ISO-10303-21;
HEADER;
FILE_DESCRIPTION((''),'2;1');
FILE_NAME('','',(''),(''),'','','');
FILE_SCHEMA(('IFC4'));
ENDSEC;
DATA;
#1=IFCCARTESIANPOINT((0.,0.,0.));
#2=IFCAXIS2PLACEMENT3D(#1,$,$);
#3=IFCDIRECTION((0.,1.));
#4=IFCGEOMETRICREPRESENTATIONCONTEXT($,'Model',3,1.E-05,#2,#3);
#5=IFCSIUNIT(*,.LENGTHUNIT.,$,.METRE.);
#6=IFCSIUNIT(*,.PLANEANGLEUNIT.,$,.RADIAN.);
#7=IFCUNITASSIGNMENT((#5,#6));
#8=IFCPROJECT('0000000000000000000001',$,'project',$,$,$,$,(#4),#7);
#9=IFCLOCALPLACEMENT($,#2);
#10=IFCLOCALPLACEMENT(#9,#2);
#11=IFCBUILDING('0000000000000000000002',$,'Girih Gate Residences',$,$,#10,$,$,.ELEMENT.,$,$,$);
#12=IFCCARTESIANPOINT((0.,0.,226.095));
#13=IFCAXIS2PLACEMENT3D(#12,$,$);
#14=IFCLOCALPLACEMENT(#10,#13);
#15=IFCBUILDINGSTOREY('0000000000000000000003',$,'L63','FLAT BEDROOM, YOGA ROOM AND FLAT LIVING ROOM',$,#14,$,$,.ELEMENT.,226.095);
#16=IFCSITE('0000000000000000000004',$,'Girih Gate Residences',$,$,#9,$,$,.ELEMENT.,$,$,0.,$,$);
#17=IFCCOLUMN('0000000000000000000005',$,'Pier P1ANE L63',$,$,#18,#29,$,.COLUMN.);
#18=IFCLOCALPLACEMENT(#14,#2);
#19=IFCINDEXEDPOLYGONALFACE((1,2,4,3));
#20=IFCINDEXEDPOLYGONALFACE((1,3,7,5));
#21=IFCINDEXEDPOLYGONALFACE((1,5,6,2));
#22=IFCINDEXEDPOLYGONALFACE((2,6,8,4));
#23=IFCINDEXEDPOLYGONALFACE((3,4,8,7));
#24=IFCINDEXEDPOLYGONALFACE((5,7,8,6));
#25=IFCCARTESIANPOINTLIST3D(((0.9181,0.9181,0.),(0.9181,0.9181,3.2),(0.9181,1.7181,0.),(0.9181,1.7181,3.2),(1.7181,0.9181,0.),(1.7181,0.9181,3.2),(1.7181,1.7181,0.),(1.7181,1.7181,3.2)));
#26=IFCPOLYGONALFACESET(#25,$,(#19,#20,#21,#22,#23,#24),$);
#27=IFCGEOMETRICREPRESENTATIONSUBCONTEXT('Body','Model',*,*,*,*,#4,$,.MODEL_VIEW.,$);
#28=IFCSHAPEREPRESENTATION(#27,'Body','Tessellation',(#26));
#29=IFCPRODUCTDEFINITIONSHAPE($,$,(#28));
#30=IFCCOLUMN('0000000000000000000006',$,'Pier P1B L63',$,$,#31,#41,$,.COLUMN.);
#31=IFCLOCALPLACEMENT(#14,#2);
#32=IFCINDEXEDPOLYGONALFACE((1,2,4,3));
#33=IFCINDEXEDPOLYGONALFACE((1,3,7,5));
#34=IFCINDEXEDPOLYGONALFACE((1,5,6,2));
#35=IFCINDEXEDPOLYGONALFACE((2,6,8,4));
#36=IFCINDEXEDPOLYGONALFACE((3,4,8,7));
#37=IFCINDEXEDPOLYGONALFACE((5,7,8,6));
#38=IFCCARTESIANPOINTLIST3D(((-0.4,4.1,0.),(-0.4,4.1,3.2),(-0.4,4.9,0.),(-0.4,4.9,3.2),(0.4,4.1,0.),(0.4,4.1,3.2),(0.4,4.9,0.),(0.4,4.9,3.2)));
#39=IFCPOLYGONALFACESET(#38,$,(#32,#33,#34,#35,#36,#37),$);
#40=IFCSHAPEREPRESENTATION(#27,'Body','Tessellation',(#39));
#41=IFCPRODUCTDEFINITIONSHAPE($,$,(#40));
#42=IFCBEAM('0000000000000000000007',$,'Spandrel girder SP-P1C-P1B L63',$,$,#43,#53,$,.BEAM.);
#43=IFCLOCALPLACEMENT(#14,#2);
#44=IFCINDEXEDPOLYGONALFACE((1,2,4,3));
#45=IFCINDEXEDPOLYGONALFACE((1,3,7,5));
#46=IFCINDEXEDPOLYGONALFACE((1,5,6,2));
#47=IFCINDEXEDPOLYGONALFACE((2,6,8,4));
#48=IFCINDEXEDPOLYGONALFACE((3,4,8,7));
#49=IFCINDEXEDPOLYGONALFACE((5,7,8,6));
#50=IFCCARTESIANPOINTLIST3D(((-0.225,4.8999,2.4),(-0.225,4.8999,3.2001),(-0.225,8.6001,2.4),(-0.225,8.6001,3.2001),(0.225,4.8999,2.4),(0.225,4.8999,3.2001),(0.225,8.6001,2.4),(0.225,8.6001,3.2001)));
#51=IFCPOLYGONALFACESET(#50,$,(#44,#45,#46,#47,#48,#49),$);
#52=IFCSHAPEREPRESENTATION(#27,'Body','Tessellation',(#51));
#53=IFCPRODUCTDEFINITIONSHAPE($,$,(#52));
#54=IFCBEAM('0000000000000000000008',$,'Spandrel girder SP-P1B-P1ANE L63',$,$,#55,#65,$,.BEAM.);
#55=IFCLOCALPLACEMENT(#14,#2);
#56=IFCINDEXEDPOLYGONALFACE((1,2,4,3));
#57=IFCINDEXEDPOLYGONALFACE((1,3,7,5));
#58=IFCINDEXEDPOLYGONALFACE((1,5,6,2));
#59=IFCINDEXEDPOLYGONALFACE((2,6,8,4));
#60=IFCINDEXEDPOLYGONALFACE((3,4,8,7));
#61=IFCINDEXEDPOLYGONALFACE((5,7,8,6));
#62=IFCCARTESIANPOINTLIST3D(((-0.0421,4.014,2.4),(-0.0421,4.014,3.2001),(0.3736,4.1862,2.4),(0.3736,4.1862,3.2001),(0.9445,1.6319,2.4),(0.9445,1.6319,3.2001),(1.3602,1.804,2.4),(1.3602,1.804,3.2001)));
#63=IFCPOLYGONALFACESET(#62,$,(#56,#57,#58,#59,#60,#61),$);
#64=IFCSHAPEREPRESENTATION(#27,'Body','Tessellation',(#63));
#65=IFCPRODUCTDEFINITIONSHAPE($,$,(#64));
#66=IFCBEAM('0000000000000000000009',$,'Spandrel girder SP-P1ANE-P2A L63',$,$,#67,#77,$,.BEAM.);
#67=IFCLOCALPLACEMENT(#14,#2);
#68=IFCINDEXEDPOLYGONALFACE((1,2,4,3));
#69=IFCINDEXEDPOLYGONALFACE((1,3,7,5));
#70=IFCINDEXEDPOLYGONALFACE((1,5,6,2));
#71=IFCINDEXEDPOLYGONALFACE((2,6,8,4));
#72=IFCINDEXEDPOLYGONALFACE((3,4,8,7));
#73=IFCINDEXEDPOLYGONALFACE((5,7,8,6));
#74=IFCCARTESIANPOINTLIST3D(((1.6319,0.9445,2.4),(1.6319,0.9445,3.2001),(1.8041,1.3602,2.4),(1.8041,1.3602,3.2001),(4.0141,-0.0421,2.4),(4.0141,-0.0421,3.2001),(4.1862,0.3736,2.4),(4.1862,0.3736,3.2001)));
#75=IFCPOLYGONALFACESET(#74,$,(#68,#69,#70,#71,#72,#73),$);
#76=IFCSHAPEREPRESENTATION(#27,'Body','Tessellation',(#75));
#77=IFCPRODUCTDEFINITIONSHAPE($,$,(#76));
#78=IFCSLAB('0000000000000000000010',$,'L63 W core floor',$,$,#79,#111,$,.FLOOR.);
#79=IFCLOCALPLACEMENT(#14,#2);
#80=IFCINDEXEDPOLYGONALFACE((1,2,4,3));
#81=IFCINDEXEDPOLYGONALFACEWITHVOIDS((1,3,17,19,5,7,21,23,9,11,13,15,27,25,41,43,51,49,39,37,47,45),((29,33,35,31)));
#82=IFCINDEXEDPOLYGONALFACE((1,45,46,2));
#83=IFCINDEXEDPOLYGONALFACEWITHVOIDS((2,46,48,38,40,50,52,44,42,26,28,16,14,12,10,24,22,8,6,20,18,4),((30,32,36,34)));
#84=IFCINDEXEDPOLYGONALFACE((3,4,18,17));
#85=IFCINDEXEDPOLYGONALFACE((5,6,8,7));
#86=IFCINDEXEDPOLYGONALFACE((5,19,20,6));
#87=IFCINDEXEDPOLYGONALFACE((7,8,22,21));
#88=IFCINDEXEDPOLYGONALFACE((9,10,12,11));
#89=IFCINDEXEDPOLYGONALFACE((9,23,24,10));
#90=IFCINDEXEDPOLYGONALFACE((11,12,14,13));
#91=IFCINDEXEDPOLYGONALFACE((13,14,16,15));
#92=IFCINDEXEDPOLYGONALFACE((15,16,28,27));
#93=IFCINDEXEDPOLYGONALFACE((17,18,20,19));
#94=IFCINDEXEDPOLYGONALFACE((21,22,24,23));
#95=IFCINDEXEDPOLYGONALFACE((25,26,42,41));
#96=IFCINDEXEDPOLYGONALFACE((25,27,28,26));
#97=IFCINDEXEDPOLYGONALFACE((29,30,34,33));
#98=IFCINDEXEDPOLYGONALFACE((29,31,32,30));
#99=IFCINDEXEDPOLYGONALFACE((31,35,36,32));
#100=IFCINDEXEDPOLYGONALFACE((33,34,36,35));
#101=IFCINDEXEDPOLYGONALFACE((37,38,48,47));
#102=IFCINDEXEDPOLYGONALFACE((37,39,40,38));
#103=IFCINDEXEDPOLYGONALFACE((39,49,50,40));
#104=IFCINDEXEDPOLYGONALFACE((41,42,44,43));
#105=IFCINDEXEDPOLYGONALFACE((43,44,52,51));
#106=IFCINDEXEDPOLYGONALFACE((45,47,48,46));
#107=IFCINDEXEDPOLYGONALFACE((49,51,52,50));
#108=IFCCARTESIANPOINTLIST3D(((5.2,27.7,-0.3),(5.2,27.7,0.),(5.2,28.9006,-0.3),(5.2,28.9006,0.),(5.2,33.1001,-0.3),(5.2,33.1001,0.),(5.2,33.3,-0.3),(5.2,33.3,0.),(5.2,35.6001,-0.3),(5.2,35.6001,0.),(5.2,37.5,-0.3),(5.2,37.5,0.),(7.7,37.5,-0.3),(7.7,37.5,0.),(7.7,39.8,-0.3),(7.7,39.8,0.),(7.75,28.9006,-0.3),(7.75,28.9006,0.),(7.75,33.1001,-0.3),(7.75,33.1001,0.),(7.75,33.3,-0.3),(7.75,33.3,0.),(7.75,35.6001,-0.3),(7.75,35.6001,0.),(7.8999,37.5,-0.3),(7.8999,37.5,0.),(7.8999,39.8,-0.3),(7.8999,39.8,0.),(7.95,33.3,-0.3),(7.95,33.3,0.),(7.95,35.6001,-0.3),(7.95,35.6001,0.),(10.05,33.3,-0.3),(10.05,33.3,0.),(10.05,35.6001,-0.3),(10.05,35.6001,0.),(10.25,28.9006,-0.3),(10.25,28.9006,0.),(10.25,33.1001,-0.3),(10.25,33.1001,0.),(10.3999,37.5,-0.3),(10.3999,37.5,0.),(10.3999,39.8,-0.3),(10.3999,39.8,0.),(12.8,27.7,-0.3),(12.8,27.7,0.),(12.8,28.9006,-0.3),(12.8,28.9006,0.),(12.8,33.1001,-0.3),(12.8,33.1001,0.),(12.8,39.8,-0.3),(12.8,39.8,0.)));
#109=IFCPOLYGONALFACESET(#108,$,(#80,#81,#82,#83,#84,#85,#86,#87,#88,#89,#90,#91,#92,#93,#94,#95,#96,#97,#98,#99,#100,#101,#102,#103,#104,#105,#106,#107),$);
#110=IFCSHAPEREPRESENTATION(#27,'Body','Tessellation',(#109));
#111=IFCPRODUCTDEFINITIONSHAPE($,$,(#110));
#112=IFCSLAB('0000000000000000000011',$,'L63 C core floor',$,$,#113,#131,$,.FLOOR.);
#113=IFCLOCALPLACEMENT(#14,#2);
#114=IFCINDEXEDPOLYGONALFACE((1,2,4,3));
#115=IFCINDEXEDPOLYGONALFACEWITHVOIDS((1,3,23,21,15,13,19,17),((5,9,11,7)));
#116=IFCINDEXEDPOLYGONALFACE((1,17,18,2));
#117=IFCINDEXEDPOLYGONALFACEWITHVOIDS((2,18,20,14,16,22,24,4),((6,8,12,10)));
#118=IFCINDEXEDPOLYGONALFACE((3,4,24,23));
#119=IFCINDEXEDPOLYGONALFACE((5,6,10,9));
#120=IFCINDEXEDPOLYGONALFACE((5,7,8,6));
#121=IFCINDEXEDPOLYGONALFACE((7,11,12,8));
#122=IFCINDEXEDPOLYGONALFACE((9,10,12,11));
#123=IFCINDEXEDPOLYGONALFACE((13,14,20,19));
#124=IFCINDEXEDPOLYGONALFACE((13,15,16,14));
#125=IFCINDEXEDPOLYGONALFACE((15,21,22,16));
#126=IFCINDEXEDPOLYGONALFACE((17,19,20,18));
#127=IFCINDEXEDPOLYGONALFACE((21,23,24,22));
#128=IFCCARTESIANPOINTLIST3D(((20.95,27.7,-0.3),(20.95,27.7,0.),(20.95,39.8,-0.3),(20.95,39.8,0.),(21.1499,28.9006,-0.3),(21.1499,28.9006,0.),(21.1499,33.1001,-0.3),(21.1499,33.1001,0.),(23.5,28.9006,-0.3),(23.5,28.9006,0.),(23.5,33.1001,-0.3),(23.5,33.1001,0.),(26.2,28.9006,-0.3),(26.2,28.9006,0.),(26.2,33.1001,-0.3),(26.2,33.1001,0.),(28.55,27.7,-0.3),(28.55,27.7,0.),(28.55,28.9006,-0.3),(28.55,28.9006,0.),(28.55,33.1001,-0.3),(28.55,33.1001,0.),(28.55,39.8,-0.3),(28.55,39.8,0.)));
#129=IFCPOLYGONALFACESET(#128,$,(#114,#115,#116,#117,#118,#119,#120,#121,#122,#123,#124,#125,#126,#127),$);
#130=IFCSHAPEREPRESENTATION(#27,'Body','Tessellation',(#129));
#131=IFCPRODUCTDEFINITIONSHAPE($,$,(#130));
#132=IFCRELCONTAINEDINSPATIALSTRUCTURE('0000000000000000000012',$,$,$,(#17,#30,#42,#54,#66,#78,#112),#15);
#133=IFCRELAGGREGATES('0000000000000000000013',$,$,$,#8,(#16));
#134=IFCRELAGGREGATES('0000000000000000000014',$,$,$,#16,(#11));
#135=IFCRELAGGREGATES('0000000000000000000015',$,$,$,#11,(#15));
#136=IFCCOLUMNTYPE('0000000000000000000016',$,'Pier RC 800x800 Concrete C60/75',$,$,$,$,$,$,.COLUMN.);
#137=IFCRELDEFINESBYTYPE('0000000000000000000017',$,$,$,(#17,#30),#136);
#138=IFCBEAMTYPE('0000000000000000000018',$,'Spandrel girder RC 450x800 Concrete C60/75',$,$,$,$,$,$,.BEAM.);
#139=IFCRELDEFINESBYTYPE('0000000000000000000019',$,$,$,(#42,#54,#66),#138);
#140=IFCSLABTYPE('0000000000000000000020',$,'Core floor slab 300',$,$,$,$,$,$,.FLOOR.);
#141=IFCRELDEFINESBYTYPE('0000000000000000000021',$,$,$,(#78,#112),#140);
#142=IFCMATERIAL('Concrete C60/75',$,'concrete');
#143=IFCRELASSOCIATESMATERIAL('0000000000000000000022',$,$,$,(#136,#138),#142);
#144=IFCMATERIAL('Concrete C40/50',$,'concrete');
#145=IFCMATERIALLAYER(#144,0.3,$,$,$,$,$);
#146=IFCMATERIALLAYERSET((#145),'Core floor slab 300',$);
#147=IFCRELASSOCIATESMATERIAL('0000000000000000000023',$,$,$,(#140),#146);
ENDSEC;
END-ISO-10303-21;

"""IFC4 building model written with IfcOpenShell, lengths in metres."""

from ifc_helpers import new_model, si_unit, direction, frame, origin, origin_2d, place, context, subcontext, project, spatial, polyline, rectangle, outline, extrude, material, layer, layer_set, material_profile, profile_set, type_object, element, save


model = new_model("IFC4")

# Units and contexts
model_context = context("Model", 3, precision=1e-05, world=origin(), true_north=direction((0.0, 1.0)))
body_context = subcontext(model_context, "Body", "Model", "MODEL_VIEW")
ifc_project = project(units=[si_unit("LENGTHUNIT", "METRE"), si_unit("PLANEANGLEUNIT", "RADIAN")], contexts=[model_context])

# Site, building, storey
site_placement = place(None, origin())
site = spatial("IfcSite", under=ifc_project, at=site_placement, Name="Girih Gate Residences", CompositionType="ELEMENT", RefElevation=0.0)
building_placement = place(site_placement, origin())
building = spatial("IfcBuilding", under=site, at=building_placement, Name="Girih Gate Residences", CompositionType="ELEMENT")
storey_placement = place(building_placement, frame((0.0, 0.0, 226.095)))
storey = spatial("IfcBuildingStorey", under=building, at=storey_placement, Name="L63", Description="FLAT BEDROOM, YOGA ROOM AND FLAT LIVING ROOM", CompositionType="ELEMENT", Elevation=226.095)

# Columns
ifc_material_1 = material(Name="Concrete C60/75", Category="concrete")
ifc_material_profile_1 = material_profile(ifc_material_1, rectangle(XDim=0.8, YDim=0.8, at=origin_2d()))
ifc_profile_set_1 = profile_set([ifc_material_profile_1], Name="Concrete C60/75")
column_type = type_object("IfcColumnType", Name="Pier RC 800x800 Concrete C60/75", PredefinedType="COLUMN", material=ifc_profile_set_1)
for number, where, z_axis, x_axis, name in (
    (1, (1.3181, 1.3181, 0.0), (0.0, 0.0, 1.0), (1.0, 0.0, 0.0), "Pier P1ANE L63"),
    (2, (0.0, 4.5, 0.0), (0.0, 0.0, 1.0), (1.0, 0.0, 0.0), "Pier P1B L63"),
):
    element("IfcColumn", number, at=place(storey_placement, frame(where, z_axis=z_axis, x_axis=x_axis)), inside=storey, type_object=column_type, Name=name, PredefinedType="COLUMN", context=body_context, shape_type="SweptSolid", body=[
        extrude(rectangle(XDim=0.8, YDim=0.8, at=origin_2d()), origin(), (0.0, 0.0, 1.0), 3.2),
    ])

# Beams
ifc_material_profile_2 = material_profile(ifc_material_1, rectangle(XDim=0.45, YDim=0.8, at=origin_2d()))
ifc_profile_set_2 = profile_set([ifc_material_profile_2], Name="Concrete C60/75")
beam_type = type_object("IfcBeamType", Name="Spandrel girder RC 450x800 Concrete C60/75", PredefinedType="BEAM", material=ifc_profile_set_2)
beam_placement = place(storey_placement, frame((0.0, 8.6001, 2.8), z_axis=(0.0, -1.0, 0.0), x_axis=(1.0, 0.0, 0.0)))
element("IfcBeam", 3, at=beam_placement, inside=storey, type_object=beam_type, Name="Spandrel girder SP-P1C-P1B L63", PredefinedType="BEAM", context=body_context, shape_type="SweptSolid", body=[
    extrude(rectangle(XDim=0.45, YDim=0.8, at=origin_2d()), origin(), (0.0, 0.0, 1.0), 3.7002),
])
for number, where, z_axis, x_axis, name in (
    (4, (0.1658, 4.1001, 2.8), (0.382644, -0.923896, 0.0), (0.923896, 0.382644, 0.0), "Spandrel girder SP-P1B-P1ANE L63"),
    (5, (1.718, 1.1523, 2.8), (0.923896, -0.382644, 0.0), (0.382644, 0.923896, 0.0), "Spandrel girder SP-P1ANE-P2A L63"),
):
    element("IfcBeam", number, at=place(storey_placement, frame(where, z_axis=z_axis, x_axis=x_axis)), inside=storey, type_object=beam_type, Name=name, PredefinedType="BEAM", context=body_context, shape_type="SweptSolid", body=[
        extrude(rectangle(XDim=0.45, YDim=0.8, at=origin_2d()), origin(), (0.0, 0.0, 1.0), 2.5784),
    ])

# Slabs
ifc_material_2 = material(Name="Concrete C40/50", Category="concrete")
ifc_layer_1 = layer(ifc_material_2, 0.3)
ifc_layer_set_1 = layer_set([ifc_layer_1], Name="Core floor slab 300")
slab_type_1 = type_object("IfcSlabType", Name="Core floor slab 300", PredefinedType="FLOOR", material=ifc_layer_set_1)
slab_1_placement = place(storey_placement, frame((0.0, 0.0, -0.3)))
element("IfcSlab", 6, at=slab_1_placement, inside=storey, type_object=slab_type_1, Name="L63 W core floor", PredefinedType="FLOOR", context=body_context, shape_type="SweptSolid", body=[
    extrude(outline(polyline([(12.8, 27.7), (5.2, 27.7), (5.2, 28.9006), (7.75, 28.9006), (7.75, 33.1001), (5.2, 33.1001), (5.2, 33.3), (7.75, 33.3), (7.75, 35.6001), (5.2, 35.6001), (5.2, 37.5), (7.7, 37.5), (7.7, 39.8), (7.8999, 39.8), (7.8999, 37.5), (10.3999, 37.5), (10.3999, 39.8), (12.8, 39.8), (12.8, 33.1001), (10.25, 33.1001), (10.25, 28.9006), (12.8, 28.9006), (12.8, 27.7)]), holes=[polyline([(7.95, 33.3), (10.05, 33.3), (10.05, 35.6001), (7.95, 35.6001), (7.95, 33.3)])]), origin(), (0.0, 0.0, 1.0), 0.3),
])
slab_2_placement = place(storey_placement, frame((0.0, 0.0, -0.3)))
element("IfcSlab", 7, at=slab_2_placement, inside=storey, type_object=slab_type_1, Name="L63 C core floor", PredefinedType="FLOOR", context=body_context, shape_type="SweptSolid", body=[
    extrude(outline(polyline([(28.55, 27.7), (20.95, 27.7), (20.95, 39.8), (28.55, 39.8), (28.55, 33.1001), (26.2, 33.1001), (26.2, 28.9006), (28.55, 28.9006), (28.55, 27.7)]), holes=[polyline([(23.5, 28.9006), (23.5, 33.1001), (21.1499, 33.1001), (21.1499, 28.9006), (23.5, 28.9006)])]), origin(), (0.0, 0.0, 1.0), 0.3),
])

save(model, "model.ifc")
